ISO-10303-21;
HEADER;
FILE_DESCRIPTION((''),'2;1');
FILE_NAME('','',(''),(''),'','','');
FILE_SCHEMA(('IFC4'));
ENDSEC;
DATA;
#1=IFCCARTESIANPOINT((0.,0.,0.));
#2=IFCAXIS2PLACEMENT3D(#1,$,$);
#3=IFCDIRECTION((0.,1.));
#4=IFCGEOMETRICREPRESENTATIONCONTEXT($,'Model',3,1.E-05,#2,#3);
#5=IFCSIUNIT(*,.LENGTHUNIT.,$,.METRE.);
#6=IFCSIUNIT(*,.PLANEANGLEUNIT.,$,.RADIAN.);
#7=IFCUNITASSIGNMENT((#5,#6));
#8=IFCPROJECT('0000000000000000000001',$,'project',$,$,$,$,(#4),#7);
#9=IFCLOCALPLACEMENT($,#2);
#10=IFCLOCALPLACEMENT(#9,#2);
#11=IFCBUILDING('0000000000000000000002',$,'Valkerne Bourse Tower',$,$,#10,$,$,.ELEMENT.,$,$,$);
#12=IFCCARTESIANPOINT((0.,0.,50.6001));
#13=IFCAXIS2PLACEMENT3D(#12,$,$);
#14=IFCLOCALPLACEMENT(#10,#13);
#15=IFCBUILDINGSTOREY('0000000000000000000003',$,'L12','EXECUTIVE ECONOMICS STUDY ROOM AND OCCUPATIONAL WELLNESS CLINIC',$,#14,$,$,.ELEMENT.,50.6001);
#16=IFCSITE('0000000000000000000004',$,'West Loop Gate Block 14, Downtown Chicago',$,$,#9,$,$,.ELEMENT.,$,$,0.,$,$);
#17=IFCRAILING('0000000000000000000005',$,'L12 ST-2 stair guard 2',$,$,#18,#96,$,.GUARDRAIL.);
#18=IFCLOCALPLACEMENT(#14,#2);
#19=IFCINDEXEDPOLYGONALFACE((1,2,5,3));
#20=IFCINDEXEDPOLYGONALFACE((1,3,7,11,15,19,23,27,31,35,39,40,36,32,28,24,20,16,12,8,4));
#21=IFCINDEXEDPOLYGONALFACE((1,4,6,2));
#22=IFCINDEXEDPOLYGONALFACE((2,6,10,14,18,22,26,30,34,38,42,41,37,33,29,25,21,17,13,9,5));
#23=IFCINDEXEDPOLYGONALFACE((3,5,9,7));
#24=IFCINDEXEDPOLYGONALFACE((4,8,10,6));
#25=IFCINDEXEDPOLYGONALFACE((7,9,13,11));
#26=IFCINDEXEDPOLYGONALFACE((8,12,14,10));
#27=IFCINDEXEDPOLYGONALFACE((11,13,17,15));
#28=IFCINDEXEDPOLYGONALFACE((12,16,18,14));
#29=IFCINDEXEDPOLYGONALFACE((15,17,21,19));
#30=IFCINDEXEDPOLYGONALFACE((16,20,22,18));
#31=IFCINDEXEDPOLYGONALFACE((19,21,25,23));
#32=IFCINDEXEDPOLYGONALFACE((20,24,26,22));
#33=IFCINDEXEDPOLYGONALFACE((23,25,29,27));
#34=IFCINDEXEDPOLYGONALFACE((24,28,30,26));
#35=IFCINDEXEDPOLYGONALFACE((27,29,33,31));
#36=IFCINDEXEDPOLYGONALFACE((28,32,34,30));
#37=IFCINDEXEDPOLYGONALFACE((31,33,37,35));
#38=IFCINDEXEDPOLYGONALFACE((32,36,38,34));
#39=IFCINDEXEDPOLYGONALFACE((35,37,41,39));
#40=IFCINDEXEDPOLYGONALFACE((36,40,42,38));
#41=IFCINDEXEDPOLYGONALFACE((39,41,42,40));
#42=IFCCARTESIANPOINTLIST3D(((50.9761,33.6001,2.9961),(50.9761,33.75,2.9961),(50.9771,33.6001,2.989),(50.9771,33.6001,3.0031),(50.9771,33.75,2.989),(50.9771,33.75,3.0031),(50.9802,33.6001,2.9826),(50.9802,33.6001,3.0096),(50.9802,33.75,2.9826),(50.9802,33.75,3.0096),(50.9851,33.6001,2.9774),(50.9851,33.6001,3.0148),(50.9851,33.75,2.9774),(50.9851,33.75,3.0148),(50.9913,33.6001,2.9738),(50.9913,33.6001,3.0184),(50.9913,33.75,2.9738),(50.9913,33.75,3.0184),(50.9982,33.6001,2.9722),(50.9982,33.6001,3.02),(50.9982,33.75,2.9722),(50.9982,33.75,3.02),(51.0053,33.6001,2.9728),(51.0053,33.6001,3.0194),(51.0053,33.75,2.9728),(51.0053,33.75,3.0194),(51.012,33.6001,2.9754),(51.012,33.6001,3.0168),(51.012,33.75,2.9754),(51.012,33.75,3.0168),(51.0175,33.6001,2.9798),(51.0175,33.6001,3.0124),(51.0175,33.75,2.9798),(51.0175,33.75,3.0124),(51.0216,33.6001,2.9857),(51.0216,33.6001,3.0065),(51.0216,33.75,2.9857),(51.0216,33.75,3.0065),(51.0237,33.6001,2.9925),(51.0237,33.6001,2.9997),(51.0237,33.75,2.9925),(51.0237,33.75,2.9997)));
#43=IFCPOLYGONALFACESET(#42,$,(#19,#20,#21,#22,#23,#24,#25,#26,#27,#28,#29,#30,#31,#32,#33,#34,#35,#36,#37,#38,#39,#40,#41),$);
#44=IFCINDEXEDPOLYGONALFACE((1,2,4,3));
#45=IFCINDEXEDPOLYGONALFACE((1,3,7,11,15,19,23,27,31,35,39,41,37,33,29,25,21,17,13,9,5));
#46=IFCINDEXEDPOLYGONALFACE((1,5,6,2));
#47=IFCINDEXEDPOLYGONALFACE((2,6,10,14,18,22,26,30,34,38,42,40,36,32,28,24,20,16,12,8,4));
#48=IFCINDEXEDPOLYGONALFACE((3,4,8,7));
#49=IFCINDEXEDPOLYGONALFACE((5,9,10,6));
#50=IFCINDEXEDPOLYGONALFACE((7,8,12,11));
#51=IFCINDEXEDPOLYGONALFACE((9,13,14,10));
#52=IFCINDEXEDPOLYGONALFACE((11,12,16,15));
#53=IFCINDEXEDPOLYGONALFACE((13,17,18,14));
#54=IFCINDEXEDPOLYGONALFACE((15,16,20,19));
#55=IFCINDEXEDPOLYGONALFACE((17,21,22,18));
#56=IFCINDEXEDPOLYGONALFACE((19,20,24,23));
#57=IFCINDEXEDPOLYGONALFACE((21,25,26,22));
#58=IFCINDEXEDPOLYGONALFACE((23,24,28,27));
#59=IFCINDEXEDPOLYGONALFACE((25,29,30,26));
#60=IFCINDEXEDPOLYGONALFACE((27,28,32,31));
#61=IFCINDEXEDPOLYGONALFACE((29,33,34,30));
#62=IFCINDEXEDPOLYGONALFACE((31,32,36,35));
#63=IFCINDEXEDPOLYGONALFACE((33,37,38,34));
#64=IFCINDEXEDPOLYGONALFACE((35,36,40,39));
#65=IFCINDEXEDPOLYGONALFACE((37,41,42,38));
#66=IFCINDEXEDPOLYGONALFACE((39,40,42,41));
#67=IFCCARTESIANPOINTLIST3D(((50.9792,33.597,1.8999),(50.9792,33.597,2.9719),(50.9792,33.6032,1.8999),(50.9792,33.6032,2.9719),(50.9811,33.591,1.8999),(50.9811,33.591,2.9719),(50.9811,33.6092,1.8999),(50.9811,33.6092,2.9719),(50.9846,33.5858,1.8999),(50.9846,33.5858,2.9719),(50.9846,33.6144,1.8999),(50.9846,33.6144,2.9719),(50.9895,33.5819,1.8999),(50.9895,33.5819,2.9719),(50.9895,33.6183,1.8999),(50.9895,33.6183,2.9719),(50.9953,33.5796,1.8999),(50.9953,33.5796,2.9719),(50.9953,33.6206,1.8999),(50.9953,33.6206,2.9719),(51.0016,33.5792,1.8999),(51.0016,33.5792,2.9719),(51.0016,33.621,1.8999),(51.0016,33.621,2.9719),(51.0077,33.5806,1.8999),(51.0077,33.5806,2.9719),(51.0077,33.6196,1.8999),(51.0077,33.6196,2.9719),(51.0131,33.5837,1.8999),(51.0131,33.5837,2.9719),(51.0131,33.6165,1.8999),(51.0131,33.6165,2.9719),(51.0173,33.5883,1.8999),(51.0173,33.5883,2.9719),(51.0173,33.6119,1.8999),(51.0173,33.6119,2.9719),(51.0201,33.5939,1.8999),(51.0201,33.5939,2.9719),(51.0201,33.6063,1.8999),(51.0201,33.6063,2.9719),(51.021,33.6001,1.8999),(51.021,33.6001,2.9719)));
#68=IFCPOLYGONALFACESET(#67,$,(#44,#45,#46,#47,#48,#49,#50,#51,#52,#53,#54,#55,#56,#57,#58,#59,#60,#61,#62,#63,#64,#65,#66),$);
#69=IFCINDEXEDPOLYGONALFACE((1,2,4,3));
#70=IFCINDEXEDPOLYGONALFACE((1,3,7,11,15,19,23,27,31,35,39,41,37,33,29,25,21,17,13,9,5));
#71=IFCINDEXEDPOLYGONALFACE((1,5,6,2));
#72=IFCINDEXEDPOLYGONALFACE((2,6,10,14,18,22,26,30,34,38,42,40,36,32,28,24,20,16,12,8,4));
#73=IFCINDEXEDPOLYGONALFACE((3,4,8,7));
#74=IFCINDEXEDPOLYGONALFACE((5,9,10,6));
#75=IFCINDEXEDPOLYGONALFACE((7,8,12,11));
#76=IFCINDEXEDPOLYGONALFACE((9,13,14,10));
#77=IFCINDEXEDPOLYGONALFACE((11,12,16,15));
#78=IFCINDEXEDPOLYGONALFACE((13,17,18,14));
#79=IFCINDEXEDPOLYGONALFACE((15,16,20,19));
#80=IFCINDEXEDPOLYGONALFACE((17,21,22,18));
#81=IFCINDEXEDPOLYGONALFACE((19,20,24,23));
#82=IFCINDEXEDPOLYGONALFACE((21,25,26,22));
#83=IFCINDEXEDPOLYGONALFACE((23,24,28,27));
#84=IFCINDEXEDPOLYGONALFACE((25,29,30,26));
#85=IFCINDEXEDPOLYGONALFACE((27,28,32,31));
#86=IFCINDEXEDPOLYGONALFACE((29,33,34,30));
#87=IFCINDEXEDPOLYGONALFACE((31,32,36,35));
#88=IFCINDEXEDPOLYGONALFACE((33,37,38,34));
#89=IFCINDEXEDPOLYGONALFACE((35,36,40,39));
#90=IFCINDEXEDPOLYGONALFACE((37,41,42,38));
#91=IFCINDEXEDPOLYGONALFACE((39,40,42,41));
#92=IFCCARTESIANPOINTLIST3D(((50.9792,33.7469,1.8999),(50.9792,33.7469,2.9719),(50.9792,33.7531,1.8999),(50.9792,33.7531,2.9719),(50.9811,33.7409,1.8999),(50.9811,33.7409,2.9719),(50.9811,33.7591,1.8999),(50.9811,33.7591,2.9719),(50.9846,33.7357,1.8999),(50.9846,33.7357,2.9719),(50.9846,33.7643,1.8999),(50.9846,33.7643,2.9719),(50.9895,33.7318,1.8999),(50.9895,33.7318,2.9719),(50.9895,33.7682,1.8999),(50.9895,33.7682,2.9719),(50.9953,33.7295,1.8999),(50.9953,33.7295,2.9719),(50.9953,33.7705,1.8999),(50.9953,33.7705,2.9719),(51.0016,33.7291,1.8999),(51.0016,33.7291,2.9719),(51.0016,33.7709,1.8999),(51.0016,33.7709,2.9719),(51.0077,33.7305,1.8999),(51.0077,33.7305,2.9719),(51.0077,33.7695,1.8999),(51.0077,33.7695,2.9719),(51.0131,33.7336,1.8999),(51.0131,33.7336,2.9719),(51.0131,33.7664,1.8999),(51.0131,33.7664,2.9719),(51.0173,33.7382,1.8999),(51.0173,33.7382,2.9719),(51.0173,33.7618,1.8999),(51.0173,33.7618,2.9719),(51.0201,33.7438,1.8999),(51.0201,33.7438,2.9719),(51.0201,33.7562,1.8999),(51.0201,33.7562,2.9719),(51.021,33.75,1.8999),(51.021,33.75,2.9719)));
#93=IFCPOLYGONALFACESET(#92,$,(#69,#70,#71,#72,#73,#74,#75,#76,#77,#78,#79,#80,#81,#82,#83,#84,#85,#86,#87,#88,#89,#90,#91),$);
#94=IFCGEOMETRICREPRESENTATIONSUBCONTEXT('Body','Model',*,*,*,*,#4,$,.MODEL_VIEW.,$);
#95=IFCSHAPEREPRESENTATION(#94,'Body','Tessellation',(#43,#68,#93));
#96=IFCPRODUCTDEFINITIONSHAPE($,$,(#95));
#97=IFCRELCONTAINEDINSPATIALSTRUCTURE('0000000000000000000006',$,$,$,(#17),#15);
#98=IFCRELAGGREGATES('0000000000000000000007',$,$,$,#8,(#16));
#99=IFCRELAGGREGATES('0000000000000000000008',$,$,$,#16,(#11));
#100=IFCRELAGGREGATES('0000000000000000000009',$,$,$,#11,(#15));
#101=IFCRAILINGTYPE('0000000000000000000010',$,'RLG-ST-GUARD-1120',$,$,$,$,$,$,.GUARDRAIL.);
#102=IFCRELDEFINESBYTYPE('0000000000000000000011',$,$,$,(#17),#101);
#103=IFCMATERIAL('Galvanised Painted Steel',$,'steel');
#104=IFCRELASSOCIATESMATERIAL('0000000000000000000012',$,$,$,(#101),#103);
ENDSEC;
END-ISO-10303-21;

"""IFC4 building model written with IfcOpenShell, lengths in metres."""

from ifc_helpers import new_model, si_unit, direction, frame, origin, origin_2d, place, context, subcontext, project, spatial, circle, extrude, material, type_object, element, save


model = new_model("IFC4")

# Units and contexts
model_context = context("Model", 3, precision=1e-05, world=origin(), true_north=direction((0.0, 1.0)))
body_context = subcontext(model_context, "Body", "Model", "MODEL_VIEW")
ifc_project = project(units=[si_unit("LENGTHUNIT", "METRE"), si_unit("PLANEANGLEUNIT", "RADIAN")], contexts=[model_context])

# Site, building, storey
site_placement = place(None, origin())
site = spatial("IfcSite", under=ifc_project, at=site_placement, Name="West Loop Gate Block 14, Downtown Chicago", CompositionType="ELEMENT", RefElevation=0.0)
building_placement = place(site_placement, origin())
building = spatial("IfcBuilding", under=site, at=building_placement, Name="Valkerne Bourse Tower", CompositionType="ELEMENT")
storey_placement = place(building_placement, frame((0.0, 0.0, 50.6001)))
storey = spatial("IfcBuildingStorey", under=building, at=storey_placement, Name="L12", Description="EXECUTIVE ECONOMICS STUDY ROOM AND OCCUPATIONAL WELLNESS CLINIC", CompositionType="ELEMENT", Elevation=50.6001)

# Railing
ifc_material_1 = material(Name="Galvanised Painted Steel", Category="steel")
railing_type_1 = type_object("IfcRailingType", Name="RLG-ST-GUARD-1120", PredefinedType="GUARDRAIL", material=ifc_material_1)
railing_1_placement = place(storey_placement, frame((51.0, 33.6001, 1.8999)))
element("IfcRailing", 1, at=railing_1_placement, inside=storey, type_object=railing_type_1, Name="L12 ST-2 stair guard 2", PredefinedType="GUARDRAIL", context=body_context, shape_type="SweptSolid", body=[
    extrude(circle(Radius=0.0239, at=origin_2d()), frame((0.0, 0.0, 1.0962), z_axis=(0.0, 1.0, 0.0), x_axis=(-1.0, 0.0, 0.0)), (0.0, 0.0, 1.0), 0.1499),
    extrude(circle(Radius=0.021, at=origin_2d()), origin(), (0.0, 0.0, 1.0), 1.072),
    extrude(circle(Radius=0.021, at=origin_2d()), frame((0.0, 0.1499, 0.0)), (0.0, 0.0, 1.0), 1.072),
])

save(model, "model.ifc")
